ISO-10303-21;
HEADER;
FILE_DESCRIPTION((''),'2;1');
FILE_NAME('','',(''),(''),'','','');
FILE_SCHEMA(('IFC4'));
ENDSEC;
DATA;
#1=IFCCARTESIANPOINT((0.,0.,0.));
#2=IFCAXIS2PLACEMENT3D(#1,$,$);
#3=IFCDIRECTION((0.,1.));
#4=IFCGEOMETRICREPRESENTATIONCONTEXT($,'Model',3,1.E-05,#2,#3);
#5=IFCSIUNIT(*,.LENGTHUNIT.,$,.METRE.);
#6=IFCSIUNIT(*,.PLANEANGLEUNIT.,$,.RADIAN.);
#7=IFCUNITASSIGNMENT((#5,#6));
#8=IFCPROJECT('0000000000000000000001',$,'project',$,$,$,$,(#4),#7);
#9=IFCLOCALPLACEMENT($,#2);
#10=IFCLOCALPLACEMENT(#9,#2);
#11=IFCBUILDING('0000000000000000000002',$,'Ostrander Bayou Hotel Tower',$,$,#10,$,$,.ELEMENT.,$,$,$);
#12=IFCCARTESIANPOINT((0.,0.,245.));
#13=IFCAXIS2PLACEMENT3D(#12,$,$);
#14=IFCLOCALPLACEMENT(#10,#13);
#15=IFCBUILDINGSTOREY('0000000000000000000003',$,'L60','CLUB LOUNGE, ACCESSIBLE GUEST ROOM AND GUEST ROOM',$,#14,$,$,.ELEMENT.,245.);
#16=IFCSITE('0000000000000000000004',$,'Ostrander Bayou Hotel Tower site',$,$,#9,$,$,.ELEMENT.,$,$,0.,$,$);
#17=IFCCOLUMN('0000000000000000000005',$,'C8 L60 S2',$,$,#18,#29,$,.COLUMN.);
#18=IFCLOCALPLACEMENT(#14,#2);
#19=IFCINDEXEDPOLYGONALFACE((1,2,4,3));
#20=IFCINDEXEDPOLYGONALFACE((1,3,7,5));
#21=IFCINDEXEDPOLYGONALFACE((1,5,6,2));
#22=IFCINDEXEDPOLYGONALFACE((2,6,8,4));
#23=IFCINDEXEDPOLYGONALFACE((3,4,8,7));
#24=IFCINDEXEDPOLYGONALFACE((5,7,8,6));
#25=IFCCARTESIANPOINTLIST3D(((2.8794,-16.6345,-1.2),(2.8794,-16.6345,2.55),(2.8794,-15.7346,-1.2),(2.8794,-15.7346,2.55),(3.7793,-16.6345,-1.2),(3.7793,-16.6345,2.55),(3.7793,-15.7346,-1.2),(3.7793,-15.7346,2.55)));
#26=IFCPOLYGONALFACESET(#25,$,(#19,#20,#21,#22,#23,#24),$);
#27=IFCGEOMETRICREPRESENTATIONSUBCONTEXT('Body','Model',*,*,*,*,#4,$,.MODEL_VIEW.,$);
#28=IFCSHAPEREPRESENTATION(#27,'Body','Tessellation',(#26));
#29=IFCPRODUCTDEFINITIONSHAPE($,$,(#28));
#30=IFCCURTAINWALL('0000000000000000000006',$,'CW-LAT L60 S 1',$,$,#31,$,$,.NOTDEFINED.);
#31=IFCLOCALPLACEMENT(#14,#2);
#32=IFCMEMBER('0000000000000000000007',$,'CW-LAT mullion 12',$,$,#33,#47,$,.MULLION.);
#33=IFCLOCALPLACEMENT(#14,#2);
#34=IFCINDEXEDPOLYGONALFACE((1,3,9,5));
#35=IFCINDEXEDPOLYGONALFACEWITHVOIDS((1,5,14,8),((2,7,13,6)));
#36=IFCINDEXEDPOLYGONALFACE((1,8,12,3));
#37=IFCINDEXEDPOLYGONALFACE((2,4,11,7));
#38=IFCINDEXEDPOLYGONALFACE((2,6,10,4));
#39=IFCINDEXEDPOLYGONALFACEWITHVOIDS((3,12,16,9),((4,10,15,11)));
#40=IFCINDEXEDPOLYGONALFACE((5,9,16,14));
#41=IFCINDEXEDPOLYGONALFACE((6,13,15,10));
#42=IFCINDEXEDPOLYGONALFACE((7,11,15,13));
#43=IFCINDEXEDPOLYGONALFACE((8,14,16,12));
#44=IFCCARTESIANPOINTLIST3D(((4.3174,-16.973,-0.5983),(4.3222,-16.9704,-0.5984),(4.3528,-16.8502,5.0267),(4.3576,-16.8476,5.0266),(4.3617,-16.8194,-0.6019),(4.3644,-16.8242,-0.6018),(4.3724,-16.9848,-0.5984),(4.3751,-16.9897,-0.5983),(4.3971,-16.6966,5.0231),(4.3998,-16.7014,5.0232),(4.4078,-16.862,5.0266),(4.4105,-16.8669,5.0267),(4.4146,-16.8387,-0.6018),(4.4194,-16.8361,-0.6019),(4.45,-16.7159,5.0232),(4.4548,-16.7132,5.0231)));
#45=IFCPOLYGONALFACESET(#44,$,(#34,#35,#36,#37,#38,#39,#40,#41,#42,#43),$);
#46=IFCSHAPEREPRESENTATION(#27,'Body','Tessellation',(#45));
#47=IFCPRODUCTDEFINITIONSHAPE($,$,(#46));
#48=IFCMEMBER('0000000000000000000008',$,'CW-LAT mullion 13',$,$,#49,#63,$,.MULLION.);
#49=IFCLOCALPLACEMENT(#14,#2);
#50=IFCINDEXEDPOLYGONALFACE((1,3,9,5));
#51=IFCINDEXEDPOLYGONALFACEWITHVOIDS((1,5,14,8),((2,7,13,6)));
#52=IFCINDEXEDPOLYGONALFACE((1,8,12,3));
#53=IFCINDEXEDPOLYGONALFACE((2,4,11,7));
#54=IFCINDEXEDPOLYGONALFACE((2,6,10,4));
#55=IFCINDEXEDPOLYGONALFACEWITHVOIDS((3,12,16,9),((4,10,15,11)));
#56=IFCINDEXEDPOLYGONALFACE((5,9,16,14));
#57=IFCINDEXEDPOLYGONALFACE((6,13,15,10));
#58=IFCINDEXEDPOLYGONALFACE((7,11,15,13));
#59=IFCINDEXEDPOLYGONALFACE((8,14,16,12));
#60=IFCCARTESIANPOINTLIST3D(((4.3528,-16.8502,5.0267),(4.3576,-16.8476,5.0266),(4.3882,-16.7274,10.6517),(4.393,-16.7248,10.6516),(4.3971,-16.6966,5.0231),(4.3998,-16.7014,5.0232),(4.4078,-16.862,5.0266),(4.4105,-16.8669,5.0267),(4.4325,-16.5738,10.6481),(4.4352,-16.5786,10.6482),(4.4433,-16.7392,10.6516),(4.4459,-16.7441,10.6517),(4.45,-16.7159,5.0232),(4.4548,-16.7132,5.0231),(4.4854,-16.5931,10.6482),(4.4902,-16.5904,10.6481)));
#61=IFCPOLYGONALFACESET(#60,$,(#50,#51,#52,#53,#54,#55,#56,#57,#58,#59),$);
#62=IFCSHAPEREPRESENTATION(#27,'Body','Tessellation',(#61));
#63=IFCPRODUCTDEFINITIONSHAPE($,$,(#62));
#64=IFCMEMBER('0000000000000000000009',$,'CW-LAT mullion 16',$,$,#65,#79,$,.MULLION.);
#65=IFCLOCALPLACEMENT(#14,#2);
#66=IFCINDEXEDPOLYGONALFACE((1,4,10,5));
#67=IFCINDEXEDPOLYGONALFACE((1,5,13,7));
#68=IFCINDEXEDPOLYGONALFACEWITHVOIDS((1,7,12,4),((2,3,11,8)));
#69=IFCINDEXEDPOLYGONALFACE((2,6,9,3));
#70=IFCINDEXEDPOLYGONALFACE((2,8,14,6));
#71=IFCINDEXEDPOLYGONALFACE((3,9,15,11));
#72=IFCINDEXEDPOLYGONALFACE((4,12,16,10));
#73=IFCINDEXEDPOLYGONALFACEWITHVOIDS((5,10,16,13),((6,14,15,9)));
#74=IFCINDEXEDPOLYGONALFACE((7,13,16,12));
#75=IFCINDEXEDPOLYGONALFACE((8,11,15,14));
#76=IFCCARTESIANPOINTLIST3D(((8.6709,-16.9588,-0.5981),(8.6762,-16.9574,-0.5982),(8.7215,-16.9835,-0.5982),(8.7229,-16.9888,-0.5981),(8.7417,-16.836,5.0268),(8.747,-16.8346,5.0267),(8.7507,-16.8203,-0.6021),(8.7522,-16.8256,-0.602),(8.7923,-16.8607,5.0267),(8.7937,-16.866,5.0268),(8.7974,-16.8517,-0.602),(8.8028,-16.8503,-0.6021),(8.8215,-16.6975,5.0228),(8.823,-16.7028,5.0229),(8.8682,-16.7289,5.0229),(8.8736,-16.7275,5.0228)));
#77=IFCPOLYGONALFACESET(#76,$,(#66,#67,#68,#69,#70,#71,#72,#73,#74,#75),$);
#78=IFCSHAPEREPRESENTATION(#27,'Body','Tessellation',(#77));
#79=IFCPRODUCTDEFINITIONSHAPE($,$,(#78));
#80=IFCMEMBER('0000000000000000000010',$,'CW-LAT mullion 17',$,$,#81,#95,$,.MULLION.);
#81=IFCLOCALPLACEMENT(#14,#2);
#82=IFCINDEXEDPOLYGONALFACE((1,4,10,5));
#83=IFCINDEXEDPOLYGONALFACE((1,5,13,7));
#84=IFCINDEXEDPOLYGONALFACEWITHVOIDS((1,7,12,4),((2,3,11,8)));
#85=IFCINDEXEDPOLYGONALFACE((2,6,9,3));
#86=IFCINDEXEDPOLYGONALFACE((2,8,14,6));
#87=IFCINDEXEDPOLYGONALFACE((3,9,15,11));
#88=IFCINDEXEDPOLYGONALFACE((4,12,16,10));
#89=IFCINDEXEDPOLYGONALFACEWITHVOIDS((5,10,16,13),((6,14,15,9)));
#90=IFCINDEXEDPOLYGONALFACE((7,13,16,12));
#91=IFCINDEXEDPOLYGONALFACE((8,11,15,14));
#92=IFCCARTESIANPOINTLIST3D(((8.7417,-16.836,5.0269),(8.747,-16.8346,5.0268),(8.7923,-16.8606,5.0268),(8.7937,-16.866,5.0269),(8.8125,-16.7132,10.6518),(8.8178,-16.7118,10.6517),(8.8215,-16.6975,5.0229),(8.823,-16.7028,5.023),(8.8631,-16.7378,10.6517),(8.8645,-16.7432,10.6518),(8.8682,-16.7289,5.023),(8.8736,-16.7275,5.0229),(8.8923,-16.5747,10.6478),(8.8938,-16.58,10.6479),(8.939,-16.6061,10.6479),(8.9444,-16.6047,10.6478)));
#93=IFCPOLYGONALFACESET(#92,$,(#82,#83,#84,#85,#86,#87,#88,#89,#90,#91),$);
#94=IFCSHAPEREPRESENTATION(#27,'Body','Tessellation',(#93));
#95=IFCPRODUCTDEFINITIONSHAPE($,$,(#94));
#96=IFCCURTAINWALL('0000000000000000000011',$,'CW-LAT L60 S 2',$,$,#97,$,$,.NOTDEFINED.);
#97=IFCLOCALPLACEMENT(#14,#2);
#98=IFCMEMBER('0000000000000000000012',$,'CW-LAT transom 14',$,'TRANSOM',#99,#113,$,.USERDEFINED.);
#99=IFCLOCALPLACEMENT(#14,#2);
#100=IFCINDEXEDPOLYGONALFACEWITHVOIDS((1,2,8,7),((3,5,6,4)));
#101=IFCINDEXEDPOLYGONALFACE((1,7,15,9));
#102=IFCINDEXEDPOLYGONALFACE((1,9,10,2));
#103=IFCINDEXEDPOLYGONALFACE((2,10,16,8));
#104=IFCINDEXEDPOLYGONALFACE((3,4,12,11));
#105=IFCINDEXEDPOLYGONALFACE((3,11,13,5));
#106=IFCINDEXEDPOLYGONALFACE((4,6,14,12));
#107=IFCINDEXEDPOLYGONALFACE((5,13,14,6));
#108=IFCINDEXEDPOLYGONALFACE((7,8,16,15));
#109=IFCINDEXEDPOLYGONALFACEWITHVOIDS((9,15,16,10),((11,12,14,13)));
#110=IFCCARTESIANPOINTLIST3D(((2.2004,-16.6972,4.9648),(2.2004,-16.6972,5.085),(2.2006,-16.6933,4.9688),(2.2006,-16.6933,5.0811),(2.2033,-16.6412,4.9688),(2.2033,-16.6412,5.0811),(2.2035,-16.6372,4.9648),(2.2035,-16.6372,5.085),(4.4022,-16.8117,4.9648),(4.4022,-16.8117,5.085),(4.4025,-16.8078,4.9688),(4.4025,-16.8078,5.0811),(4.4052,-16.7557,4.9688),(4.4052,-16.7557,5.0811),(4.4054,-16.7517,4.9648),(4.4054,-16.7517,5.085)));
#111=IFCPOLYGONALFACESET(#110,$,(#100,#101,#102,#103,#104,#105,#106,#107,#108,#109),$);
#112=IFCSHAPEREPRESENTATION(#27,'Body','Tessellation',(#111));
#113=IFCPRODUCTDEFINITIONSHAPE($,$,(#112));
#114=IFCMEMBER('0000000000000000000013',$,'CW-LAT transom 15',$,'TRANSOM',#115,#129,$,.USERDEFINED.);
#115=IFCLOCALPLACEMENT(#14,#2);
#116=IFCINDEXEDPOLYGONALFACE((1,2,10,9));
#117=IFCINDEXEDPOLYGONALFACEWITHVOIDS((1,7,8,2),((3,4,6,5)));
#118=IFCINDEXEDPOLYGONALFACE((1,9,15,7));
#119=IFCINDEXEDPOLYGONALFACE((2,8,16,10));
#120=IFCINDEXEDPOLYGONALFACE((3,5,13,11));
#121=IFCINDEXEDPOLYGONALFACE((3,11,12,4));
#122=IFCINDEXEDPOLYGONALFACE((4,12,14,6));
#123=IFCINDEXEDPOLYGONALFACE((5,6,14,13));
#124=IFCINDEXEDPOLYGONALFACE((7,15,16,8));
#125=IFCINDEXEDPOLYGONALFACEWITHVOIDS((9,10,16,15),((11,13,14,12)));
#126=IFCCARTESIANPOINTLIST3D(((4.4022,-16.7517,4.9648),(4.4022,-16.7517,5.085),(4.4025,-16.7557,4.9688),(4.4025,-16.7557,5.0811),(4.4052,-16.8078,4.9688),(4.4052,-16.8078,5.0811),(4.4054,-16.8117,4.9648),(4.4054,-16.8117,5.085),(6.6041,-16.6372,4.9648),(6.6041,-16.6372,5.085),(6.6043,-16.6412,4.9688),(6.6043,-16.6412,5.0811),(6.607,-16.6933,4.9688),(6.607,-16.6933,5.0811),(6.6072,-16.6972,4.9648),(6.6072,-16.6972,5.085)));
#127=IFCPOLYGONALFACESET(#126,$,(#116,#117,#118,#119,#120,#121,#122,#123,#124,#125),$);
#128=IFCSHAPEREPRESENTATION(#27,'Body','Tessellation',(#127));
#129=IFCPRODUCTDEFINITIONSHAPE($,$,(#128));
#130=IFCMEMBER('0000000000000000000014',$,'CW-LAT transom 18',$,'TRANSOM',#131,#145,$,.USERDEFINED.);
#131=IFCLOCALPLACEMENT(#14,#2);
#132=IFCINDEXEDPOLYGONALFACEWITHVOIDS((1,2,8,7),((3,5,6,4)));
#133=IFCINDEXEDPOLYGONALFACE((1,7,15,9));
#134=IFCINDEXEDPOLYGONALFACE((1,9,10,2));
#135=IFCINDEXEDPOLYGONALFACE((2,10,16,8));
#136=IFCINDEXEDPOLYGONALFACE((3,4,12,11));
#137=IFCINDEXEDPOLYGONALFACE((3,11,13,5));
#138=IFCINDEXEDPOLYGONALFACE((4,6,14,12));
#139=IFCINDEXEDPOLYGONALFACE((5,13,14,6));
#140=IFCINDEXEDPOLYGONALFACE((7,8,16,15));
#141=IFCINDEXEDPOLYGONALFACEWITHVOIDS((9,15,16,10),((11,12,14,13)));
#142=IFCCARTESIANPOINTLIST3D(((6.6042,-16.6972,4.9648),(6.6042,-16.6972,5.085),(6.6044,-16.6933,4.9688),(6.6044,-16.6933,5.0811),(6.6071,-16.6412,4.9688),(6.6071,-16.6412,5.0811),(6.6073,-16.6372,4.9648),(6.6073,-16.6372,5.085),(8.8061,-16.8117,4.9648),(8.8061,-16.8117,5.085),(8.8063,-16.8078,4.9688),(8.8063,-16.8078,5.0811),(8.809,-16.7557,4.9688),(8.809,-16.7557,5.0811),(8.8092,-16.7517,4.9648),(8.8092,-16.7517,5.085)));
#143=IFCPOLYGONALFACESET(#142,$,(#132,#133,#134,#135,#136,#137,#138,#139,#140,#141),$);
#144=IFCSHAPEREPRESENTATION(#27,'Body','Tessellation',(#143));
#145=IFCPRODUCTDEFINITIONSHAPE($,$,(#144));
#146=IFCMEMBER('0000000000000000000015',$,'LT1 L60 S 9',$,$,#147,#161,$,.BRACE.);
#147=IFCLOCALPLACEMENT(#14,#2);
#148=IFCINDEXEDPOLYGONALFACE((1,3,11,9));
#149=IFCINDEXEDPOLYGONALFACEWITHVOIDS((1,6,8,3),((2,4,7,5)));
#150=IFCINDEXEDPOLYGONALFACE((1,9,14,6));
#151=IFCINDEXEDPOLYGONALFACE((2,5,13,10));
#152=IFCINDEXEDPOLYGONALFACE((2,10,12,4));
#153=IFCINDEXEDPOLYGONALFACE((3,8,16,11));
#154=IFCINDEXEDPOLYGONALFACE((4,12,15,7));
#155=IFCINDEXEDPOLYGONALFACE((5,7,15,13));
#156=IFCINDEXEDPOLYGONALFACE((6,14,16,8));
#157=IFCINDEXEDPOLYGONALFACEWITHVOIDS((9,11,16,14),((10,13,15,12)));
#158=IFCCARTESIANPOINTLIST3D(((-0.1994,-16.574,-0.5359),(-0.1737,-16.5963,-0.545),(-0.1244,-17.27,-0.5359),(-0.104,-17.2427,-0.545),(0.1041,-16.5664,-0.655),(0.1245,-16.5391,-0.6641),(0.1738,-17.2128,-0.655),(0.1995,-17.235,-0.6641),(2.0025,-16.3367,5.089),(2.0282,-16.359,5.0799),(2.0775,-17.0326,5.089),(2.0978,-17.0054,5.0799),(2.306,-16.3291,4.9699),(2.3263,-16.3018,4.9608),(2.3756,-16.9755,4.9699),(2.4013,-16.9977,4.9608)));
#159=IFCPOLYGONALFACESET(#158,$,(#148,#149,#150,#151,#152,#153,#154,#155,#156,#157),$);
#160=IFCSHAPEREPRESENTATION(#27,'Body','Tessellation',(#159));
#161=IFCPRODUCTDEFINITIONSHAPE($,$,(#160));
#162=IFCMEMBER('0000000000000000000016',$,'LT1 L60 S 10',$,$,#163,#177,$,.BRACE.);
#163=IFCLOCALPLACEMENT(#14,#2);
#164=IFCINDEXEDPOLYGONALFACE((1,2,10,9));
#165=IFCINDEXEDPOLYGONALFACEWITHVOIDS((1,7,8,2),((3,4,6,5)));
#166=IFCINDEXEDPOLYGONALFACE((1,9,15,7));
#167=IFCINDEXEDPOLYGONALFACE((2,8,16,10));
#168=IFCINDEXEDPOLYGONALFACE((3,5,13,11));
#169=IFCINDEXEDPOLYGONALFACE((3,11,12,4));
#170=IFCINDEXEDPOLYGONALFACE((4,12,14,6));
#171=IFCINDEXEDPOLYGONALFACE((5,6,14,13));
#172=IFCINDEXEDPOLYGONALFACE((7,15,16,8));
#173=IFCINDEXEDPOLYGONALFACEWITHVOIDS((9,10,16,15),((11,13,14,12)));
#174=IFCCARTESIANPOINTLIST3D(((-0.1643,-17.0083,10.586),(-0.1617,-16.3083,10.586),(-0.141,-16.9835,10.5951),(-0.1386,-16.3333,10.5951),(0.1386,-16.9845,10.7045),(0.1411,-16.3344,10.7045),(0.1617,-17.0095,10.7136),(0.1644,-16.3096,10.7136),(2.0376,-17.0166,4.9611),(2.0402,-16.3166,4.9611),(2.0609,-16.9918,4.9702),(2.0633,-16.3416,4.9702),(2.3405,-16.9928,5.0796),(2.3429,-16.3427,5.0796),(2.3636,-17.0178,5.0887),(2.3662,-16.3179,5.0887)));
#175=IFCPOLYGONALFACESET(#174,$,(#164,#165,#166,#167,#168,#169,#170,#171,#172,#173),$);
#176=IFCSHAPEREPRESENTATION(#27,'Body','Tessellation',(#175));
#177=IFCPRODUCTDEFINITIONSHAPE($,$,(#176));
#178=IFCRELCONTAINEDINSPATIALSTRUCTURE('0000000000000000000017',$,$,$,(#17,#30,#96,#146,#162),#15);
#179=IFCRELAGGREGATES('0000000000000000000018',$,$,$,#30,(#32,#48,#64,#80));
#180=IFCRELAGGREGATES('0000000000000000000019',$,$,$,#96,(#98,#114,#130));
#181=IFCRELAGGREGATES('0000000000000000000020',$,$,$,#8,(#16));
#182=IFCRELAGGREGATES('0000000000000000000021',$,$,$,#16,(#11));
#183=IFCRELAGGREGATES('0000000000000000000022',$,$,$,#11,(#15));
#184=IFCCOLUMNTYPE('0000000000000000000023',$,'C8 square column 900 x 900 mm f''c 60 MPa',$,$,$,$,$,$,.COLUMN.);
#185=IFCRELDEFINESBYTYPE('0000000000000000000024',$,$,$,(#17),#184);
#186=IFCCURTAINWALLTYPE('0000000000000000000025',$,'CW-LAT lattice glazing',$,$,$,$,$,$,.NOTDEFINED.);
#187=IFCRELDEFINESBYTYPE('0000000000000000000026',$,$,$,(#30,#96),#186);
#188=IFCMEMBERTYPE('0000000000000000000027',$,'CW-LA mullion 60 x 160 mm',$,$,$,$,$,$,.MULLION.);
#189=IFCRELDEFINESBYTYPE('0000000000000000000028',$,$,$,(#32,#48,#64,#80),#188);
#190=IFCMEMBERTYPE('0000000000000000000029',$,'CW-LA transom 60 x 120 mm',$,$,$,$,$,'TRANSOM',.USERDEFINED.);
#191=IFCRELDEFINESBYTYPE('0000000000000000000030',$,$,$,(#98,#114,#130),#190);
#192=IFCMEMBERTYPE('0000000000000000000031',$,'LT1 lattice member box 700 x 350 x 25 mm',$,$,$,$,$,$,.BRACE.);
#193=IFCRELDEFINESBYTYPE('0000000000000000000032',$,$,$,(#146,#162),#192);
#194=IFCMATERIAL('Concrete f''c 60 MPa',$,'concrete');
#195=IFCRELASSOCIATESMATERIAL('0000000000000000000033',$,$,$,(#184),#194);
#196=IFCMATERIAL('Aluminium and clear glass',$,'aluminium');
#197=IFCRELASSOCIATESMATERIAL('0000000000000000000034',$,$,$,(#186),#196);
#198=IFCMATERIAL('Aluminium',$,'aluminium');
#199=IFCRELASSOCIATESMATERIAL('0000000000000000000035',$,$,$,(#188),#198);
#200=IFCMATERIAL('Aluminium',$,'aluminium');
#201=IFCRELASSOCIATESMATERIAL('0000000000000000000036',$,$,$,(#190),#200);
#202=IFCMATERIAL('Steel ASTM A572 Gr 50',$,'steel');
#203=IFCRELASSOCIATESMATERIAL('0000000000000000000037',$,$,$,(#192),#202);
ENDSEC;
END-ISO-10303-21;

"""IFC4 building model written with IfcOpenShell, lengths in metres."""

from ifc_helpers import new_model, si_unit, direction, frame, origin, origin_2d, place, context, subcontext, project, spatial, rectangle, hollow_rectangle, extrude, material, material_profile, profile_set, type_object, element, aggregate, save


model = new_model("IFC4")

# Units and contexts
model_context = context("Model", 3, precision=1e-05, world=origin(), true_north=direction((0.0, 1.0)))
body_context = subcontext(model_context, "Body", "Model", "MODEL_VIEW")
ifc_project = project(units=[si_unit("LENGTHUNIT", "METRE"), si_unit("PLANEANGLEUNIT", "RADIAN")], contexts=[model_context])

# Site, building, storey
site_placement = place(None, origin())
site = spatial("IfcSite", under=ifc_project, at=site_placement, Name="Ostrander Bayou Hotel Tower site", CompositionType="ELEMENT", RefElevation=0.0)
building_placement = place(site_placement, origin())
building = spatial("IfcBuilding", under=site, at=building_placement, Name="Ostrander Bayou Hotel Tower", CompositionType="ELEMENT")
storey_placement = place(building_placement, frame((0.0, 0.0, 245.0)))
storey = spatial("IfcBuildingStorey", under=building, at=storey_placement, Name="L60", Description="CLUB LOUNGE, ACCESSIBLE GUEST ROOM AND GUEST ROOM", CompositionType="ELEMENT", Elevation=245.0)

# Column
ifc_material_1 = material(Name="Concrete f'c 60 MPa", Category="concrete")
ifc_material_profile_1 = material_profile(ifc_material_1, rectangle(XDim=0.8999, YDim=0.8999, at=origin_2d()))
ifc_profile_set_1 = profile_set([ifc_material_profile_1], Name="Concrete f'c 60 MPa")
column_type = type_object("IfcColumnType", Name="C8 square column 900 x 900 mm f'c 60 MPa", PredefinedType="COLUMN", material=ifc_profile_set_1)
column_placement = place(storey_placement, frame((3.3293, -16.1846, -1.2), z_axis=(0.0, 0.0, 1.0), x_axis=(-1.0, 0.0, 0.0)))
element("IfcColumn", 1, at=column_placement, inside=storey, type_object=column_type, Name="C8 L60 S2", PredefinedType="COLUMN", context=body_context, shape_type="SweptSolid", body=[
    extrude(rectangle(XDim=0.8999, YDim=0.8999, at=origin_2d()), origin(), (0.0, 0.0, 1.0), 3.75),
])

# Curtain walls, members
ifc_material_2 = material(Name="Aluminium and clear glass", Category="aluminium")
curtain_wall_type = type_object("IfcCurtainWallType", Name="CW-LAT lattice glazing", PredefinedType="NOTDEFINED", material=ifc_material_2)
curtain_wall_1_placement = place(storey_placement, origin())
curtain_wall_1 = element("IfcCurtainWall", 2, at=curtain_wall_1_placement, inside=storey, type_object=curtain_wall_type, Name="CW-LAT L60 S 1", PredefinedType="NOTDEFINED")
ifc_material_3 = material(Name="Aluminium", Category="aluminium")
ifc_material_profile_2 = material_profile(ifc_material_3, hollow_rectangle(XDim=0.0601, YDim=0.1599, WallThickness=0.0039, at=origin_2d()))
ifc_profile_set_2 = profile_set([ifc_material_profile_2], Name="Aluminium")
member_type_1 = type_object("IfcMemberType", Name="CW-LA mullion 60 x 160 mm", PredefinedType="MULLION", material=ifc_profile_set_2)
member_1_placement = place(storey_placement, frame((4.3684, -16.9045, -0.6001), z_axis=(0.006292, 0.021826, 0.999742), x_axis=(-0.960872, 0.276991, 0.0)))
member_1 = element("IfcMember", 3, at=member_1_placement, type_object=member_type_1, Name="CW-LAT mullion 12", PredefinedType="MULLION", context=body_context, shape_type="SweptSolid", body=[
    extrude(hollow_rectangle(XDim=0.0601, YDim=0.1599, WallThickness=0.0039, at=origin_2d()), origin(), (0.0, 0.0, 1.0), 5.6265),
])
member_2_placement = place(storey_placement, frame((4.4038, -16.7817, 5.0249), z_axis=(0.006292, 0.021826, 0.999742), x_axis=(-0.960872, 0.276991, 0.0)))
member_2 = element("IfcMember", 4, at=member_2_placement, type_object=member_type_1, Name="CW-LAT mullion 13", PredefinedType="MULLION", context=body_context, shape_type="SweptSolid", body=[
    extrude(hollow_rectangle(XDim=0.0601, YDim=0.1599, WallThickness=0.0039, at=origin_2d()), origin(), (0.0, 0.0, 1.0), 5.6265),
])
member_3_placement = place(storey_placement, frame((8.7368, -16.9045, -0.6001), z_axis=(0.012583, 0.021825, 0.999683), x_axis=(-0.866329, 0.499474, 0.0)))
member_3 = element("IfcMember", 5, at=member_3_placement, type_object=member_type_1, Name="CW-LAT mullion 16", PredefinedType="MULLION", context=body_context, shape_type="SweptSolid", body=[
    extrude(hollow_rectangle(XDim=0.0601, YDim=0.1599, WallThickness=0.0039, at=origin_2d()), origin(), (0.0, 0.0, 1.0), 5.6267),
])
member_4_placement = place(storey_placement, frame((8.8076, -16.7817, 5.0249), z_axis=(0.012583, 0.021825, 0.999683), x_axis=(-0.866329, 0.499474, 0.0)))
member_4 = element("IfcMember", 6, at=member_4_placement, type_object=member_type_1, Name="CW-LAT mullion 17", PredefinedType="MULLION", context=body_context, shape_type="SweptSolid", body=[
    extrude(hollow_rectangle(XDim=0.0601, YDim=0.1599, WallThickness=0.0039, at=origin_2d()), origin(), (0.0, 0.0, 1.0), 5.6267),
])
curtain_wall_2_placement = place(storey_placement, origin())
curtain_wall_2 = element("IfcCurtainWall", 7, at=curtain_wall_2_placement, inside=storey, type_object=curtain_wall_type, Name="CW-LAT L60 S 2", PredefinedType="NOTDEFINED")
ifc_material_4 = material(Name="Aluminium", Category="aluminium")
ifc_material_profile_3 = material_profile(ifc_material_4, hollow_rectangle(XDim=0.0601, YDim=0.1201, WallThickness=0.0039, at=origin_2d()))
ifc_profile_set_3 = profile_set([ifc_material_profile_3], Name="Aluminium")
member_type_2 = type_object("IfcMemberType", Name="CW-LA transom 60 x 120 mm", ElementType="TRANSOM", PredefinedType="USERDEFINED", material=ifc_profile_set_3)
member_5_placement = place(storey_placement, frame((4.4038, -16.7817, 5.0249), z_axis=(-0.998651, 0.051931, 0.0), x_axis=(-0.051931, -0.998651, 0.0)))
member_5 = element("IfcMember", 8, at=member_5_placement, type_object=member_type_2, Name="CW-LAT transom 14", ObjectType="TRANSOM", PredefinedType="USERDEFINED", context=body_context, shape_type="SweptSolid", body=[
    extrude(hollow_rectangle(XDim=0.0601, YDim=0.1201, WallThickness=0.0039, at=origin_2d()), origin(), (0.0, 0.0, 1.0), 2.2048),
])
member_6_placement = place(storey_placement, frame((4.4038, -16.7817, 5.0249), z_axis=(0.998651, 0.051931, 0.0), x_axis=(-0.051931, 0.998651, 0.0)))
member_6 = element("IfcMember", 9, at=member_6_placement, type_object=member_type_2, Name="CW-LAT transom 15", ObjectType="TRANSOM", PredefinedType="USERDEFINED", context=body_context, shape_type="SweptSolid", body=[
    extrude(hollow_rectangle(XDim=0.0601, YDim=0.1201, WallThickness=0.0039, at=origin_2d()), origin(), (0.0, 0.0, 1.0), 2.2048),
])
member_7_placement = place(storey_placement, frame((8.8076, -16.7817, 5.0249), z_axis=(-0.998651, 0.051931, 0.0), x_axis=(-0.051931, -0.998651, 0.0)))
member_7 = element("IfcMember", 10, at=member_7_placement, type_object=member_type_2, Name="CW-LAT transom 18", ObjectType="TRANSOM", PredefinedType="USERDEFINED", context=body_context, shape_type="SweptSolid", body=[
    extrude(hollow_rectangle(XDim=0.0601, YDim=0.1201, WallThickness=0.0039, at=origin_2d()), origin(), (0.0, 0.0, 1.0), 2.2048),
])

# Members
ifc_material_5 = material(Name="Steel ASTM A572 Gr 50", Category="steel")
ifc_material_profile_4 = material_profile(ifc_material_5, hollow_rectangle(XDim=0.7, YDim=0.3501, WallThickness=0.0249, at=origin_2d()))
ifc_profile_set_4 = profile_set([ifc_material_profile_4], Name="Steel ASTM A572 Gr 50")
member_type_3 = type_object("IfcMemberType", Name="LT1 lattice member box 700 x 350 x 25 mm", PredefinedType="BRACE", material=ifc_profile_set_4)
member_8_placement = place(storey_placement, frame((2.2019, -16.6672, 5.0249), z_axis=(-0.364236, -0.039255, -0.930479), x_axis=(0.107152, -0.994243, 0.0)))
element("IfcMember", 11, at=member_8_placement, inside=storey, type_object=member_type_3, Name="LT1 L60 S 9", PredefinedType="BRACE", context=body_context, shape_type="SweptSolid", body=[
    extrude(hollow_rectangle(XDim=0.7, YDim=0.3501, WallThickness=0.0249, at=origin_2d()), origin(), (0.0, 0.0, 1.0), 6.0452),
])
member_9_placement = place(storey_placement, frame((2.2019, -16.6672, 5.0249), z_axis=(-0.364516, 0.001374, 0.931196), x_axis=(-0.00377, -0.999993, 0.0)))
element("IfcMember", 12, at=member_9_placement, inside=storey, type_object=member_type_3, Name="LT1 L60 S 10", PredefinedType="BRACE", context=body_context, shape_type="SweptSolid", body=[
    extrude(hollow_rectangle(XDim=0.7, YDim=0.3501, WallThickness=0.0249, at=origin_2d()), origin(), (0.0, 0.0, 1.0), 6.0405),
])

aggregate(curtain_wall_1, [member_1, member_2, member_3, member_4])
aggregate(curtain_wall_2, [member_5, member_6, member_7])

save(model, "model.ifc")
